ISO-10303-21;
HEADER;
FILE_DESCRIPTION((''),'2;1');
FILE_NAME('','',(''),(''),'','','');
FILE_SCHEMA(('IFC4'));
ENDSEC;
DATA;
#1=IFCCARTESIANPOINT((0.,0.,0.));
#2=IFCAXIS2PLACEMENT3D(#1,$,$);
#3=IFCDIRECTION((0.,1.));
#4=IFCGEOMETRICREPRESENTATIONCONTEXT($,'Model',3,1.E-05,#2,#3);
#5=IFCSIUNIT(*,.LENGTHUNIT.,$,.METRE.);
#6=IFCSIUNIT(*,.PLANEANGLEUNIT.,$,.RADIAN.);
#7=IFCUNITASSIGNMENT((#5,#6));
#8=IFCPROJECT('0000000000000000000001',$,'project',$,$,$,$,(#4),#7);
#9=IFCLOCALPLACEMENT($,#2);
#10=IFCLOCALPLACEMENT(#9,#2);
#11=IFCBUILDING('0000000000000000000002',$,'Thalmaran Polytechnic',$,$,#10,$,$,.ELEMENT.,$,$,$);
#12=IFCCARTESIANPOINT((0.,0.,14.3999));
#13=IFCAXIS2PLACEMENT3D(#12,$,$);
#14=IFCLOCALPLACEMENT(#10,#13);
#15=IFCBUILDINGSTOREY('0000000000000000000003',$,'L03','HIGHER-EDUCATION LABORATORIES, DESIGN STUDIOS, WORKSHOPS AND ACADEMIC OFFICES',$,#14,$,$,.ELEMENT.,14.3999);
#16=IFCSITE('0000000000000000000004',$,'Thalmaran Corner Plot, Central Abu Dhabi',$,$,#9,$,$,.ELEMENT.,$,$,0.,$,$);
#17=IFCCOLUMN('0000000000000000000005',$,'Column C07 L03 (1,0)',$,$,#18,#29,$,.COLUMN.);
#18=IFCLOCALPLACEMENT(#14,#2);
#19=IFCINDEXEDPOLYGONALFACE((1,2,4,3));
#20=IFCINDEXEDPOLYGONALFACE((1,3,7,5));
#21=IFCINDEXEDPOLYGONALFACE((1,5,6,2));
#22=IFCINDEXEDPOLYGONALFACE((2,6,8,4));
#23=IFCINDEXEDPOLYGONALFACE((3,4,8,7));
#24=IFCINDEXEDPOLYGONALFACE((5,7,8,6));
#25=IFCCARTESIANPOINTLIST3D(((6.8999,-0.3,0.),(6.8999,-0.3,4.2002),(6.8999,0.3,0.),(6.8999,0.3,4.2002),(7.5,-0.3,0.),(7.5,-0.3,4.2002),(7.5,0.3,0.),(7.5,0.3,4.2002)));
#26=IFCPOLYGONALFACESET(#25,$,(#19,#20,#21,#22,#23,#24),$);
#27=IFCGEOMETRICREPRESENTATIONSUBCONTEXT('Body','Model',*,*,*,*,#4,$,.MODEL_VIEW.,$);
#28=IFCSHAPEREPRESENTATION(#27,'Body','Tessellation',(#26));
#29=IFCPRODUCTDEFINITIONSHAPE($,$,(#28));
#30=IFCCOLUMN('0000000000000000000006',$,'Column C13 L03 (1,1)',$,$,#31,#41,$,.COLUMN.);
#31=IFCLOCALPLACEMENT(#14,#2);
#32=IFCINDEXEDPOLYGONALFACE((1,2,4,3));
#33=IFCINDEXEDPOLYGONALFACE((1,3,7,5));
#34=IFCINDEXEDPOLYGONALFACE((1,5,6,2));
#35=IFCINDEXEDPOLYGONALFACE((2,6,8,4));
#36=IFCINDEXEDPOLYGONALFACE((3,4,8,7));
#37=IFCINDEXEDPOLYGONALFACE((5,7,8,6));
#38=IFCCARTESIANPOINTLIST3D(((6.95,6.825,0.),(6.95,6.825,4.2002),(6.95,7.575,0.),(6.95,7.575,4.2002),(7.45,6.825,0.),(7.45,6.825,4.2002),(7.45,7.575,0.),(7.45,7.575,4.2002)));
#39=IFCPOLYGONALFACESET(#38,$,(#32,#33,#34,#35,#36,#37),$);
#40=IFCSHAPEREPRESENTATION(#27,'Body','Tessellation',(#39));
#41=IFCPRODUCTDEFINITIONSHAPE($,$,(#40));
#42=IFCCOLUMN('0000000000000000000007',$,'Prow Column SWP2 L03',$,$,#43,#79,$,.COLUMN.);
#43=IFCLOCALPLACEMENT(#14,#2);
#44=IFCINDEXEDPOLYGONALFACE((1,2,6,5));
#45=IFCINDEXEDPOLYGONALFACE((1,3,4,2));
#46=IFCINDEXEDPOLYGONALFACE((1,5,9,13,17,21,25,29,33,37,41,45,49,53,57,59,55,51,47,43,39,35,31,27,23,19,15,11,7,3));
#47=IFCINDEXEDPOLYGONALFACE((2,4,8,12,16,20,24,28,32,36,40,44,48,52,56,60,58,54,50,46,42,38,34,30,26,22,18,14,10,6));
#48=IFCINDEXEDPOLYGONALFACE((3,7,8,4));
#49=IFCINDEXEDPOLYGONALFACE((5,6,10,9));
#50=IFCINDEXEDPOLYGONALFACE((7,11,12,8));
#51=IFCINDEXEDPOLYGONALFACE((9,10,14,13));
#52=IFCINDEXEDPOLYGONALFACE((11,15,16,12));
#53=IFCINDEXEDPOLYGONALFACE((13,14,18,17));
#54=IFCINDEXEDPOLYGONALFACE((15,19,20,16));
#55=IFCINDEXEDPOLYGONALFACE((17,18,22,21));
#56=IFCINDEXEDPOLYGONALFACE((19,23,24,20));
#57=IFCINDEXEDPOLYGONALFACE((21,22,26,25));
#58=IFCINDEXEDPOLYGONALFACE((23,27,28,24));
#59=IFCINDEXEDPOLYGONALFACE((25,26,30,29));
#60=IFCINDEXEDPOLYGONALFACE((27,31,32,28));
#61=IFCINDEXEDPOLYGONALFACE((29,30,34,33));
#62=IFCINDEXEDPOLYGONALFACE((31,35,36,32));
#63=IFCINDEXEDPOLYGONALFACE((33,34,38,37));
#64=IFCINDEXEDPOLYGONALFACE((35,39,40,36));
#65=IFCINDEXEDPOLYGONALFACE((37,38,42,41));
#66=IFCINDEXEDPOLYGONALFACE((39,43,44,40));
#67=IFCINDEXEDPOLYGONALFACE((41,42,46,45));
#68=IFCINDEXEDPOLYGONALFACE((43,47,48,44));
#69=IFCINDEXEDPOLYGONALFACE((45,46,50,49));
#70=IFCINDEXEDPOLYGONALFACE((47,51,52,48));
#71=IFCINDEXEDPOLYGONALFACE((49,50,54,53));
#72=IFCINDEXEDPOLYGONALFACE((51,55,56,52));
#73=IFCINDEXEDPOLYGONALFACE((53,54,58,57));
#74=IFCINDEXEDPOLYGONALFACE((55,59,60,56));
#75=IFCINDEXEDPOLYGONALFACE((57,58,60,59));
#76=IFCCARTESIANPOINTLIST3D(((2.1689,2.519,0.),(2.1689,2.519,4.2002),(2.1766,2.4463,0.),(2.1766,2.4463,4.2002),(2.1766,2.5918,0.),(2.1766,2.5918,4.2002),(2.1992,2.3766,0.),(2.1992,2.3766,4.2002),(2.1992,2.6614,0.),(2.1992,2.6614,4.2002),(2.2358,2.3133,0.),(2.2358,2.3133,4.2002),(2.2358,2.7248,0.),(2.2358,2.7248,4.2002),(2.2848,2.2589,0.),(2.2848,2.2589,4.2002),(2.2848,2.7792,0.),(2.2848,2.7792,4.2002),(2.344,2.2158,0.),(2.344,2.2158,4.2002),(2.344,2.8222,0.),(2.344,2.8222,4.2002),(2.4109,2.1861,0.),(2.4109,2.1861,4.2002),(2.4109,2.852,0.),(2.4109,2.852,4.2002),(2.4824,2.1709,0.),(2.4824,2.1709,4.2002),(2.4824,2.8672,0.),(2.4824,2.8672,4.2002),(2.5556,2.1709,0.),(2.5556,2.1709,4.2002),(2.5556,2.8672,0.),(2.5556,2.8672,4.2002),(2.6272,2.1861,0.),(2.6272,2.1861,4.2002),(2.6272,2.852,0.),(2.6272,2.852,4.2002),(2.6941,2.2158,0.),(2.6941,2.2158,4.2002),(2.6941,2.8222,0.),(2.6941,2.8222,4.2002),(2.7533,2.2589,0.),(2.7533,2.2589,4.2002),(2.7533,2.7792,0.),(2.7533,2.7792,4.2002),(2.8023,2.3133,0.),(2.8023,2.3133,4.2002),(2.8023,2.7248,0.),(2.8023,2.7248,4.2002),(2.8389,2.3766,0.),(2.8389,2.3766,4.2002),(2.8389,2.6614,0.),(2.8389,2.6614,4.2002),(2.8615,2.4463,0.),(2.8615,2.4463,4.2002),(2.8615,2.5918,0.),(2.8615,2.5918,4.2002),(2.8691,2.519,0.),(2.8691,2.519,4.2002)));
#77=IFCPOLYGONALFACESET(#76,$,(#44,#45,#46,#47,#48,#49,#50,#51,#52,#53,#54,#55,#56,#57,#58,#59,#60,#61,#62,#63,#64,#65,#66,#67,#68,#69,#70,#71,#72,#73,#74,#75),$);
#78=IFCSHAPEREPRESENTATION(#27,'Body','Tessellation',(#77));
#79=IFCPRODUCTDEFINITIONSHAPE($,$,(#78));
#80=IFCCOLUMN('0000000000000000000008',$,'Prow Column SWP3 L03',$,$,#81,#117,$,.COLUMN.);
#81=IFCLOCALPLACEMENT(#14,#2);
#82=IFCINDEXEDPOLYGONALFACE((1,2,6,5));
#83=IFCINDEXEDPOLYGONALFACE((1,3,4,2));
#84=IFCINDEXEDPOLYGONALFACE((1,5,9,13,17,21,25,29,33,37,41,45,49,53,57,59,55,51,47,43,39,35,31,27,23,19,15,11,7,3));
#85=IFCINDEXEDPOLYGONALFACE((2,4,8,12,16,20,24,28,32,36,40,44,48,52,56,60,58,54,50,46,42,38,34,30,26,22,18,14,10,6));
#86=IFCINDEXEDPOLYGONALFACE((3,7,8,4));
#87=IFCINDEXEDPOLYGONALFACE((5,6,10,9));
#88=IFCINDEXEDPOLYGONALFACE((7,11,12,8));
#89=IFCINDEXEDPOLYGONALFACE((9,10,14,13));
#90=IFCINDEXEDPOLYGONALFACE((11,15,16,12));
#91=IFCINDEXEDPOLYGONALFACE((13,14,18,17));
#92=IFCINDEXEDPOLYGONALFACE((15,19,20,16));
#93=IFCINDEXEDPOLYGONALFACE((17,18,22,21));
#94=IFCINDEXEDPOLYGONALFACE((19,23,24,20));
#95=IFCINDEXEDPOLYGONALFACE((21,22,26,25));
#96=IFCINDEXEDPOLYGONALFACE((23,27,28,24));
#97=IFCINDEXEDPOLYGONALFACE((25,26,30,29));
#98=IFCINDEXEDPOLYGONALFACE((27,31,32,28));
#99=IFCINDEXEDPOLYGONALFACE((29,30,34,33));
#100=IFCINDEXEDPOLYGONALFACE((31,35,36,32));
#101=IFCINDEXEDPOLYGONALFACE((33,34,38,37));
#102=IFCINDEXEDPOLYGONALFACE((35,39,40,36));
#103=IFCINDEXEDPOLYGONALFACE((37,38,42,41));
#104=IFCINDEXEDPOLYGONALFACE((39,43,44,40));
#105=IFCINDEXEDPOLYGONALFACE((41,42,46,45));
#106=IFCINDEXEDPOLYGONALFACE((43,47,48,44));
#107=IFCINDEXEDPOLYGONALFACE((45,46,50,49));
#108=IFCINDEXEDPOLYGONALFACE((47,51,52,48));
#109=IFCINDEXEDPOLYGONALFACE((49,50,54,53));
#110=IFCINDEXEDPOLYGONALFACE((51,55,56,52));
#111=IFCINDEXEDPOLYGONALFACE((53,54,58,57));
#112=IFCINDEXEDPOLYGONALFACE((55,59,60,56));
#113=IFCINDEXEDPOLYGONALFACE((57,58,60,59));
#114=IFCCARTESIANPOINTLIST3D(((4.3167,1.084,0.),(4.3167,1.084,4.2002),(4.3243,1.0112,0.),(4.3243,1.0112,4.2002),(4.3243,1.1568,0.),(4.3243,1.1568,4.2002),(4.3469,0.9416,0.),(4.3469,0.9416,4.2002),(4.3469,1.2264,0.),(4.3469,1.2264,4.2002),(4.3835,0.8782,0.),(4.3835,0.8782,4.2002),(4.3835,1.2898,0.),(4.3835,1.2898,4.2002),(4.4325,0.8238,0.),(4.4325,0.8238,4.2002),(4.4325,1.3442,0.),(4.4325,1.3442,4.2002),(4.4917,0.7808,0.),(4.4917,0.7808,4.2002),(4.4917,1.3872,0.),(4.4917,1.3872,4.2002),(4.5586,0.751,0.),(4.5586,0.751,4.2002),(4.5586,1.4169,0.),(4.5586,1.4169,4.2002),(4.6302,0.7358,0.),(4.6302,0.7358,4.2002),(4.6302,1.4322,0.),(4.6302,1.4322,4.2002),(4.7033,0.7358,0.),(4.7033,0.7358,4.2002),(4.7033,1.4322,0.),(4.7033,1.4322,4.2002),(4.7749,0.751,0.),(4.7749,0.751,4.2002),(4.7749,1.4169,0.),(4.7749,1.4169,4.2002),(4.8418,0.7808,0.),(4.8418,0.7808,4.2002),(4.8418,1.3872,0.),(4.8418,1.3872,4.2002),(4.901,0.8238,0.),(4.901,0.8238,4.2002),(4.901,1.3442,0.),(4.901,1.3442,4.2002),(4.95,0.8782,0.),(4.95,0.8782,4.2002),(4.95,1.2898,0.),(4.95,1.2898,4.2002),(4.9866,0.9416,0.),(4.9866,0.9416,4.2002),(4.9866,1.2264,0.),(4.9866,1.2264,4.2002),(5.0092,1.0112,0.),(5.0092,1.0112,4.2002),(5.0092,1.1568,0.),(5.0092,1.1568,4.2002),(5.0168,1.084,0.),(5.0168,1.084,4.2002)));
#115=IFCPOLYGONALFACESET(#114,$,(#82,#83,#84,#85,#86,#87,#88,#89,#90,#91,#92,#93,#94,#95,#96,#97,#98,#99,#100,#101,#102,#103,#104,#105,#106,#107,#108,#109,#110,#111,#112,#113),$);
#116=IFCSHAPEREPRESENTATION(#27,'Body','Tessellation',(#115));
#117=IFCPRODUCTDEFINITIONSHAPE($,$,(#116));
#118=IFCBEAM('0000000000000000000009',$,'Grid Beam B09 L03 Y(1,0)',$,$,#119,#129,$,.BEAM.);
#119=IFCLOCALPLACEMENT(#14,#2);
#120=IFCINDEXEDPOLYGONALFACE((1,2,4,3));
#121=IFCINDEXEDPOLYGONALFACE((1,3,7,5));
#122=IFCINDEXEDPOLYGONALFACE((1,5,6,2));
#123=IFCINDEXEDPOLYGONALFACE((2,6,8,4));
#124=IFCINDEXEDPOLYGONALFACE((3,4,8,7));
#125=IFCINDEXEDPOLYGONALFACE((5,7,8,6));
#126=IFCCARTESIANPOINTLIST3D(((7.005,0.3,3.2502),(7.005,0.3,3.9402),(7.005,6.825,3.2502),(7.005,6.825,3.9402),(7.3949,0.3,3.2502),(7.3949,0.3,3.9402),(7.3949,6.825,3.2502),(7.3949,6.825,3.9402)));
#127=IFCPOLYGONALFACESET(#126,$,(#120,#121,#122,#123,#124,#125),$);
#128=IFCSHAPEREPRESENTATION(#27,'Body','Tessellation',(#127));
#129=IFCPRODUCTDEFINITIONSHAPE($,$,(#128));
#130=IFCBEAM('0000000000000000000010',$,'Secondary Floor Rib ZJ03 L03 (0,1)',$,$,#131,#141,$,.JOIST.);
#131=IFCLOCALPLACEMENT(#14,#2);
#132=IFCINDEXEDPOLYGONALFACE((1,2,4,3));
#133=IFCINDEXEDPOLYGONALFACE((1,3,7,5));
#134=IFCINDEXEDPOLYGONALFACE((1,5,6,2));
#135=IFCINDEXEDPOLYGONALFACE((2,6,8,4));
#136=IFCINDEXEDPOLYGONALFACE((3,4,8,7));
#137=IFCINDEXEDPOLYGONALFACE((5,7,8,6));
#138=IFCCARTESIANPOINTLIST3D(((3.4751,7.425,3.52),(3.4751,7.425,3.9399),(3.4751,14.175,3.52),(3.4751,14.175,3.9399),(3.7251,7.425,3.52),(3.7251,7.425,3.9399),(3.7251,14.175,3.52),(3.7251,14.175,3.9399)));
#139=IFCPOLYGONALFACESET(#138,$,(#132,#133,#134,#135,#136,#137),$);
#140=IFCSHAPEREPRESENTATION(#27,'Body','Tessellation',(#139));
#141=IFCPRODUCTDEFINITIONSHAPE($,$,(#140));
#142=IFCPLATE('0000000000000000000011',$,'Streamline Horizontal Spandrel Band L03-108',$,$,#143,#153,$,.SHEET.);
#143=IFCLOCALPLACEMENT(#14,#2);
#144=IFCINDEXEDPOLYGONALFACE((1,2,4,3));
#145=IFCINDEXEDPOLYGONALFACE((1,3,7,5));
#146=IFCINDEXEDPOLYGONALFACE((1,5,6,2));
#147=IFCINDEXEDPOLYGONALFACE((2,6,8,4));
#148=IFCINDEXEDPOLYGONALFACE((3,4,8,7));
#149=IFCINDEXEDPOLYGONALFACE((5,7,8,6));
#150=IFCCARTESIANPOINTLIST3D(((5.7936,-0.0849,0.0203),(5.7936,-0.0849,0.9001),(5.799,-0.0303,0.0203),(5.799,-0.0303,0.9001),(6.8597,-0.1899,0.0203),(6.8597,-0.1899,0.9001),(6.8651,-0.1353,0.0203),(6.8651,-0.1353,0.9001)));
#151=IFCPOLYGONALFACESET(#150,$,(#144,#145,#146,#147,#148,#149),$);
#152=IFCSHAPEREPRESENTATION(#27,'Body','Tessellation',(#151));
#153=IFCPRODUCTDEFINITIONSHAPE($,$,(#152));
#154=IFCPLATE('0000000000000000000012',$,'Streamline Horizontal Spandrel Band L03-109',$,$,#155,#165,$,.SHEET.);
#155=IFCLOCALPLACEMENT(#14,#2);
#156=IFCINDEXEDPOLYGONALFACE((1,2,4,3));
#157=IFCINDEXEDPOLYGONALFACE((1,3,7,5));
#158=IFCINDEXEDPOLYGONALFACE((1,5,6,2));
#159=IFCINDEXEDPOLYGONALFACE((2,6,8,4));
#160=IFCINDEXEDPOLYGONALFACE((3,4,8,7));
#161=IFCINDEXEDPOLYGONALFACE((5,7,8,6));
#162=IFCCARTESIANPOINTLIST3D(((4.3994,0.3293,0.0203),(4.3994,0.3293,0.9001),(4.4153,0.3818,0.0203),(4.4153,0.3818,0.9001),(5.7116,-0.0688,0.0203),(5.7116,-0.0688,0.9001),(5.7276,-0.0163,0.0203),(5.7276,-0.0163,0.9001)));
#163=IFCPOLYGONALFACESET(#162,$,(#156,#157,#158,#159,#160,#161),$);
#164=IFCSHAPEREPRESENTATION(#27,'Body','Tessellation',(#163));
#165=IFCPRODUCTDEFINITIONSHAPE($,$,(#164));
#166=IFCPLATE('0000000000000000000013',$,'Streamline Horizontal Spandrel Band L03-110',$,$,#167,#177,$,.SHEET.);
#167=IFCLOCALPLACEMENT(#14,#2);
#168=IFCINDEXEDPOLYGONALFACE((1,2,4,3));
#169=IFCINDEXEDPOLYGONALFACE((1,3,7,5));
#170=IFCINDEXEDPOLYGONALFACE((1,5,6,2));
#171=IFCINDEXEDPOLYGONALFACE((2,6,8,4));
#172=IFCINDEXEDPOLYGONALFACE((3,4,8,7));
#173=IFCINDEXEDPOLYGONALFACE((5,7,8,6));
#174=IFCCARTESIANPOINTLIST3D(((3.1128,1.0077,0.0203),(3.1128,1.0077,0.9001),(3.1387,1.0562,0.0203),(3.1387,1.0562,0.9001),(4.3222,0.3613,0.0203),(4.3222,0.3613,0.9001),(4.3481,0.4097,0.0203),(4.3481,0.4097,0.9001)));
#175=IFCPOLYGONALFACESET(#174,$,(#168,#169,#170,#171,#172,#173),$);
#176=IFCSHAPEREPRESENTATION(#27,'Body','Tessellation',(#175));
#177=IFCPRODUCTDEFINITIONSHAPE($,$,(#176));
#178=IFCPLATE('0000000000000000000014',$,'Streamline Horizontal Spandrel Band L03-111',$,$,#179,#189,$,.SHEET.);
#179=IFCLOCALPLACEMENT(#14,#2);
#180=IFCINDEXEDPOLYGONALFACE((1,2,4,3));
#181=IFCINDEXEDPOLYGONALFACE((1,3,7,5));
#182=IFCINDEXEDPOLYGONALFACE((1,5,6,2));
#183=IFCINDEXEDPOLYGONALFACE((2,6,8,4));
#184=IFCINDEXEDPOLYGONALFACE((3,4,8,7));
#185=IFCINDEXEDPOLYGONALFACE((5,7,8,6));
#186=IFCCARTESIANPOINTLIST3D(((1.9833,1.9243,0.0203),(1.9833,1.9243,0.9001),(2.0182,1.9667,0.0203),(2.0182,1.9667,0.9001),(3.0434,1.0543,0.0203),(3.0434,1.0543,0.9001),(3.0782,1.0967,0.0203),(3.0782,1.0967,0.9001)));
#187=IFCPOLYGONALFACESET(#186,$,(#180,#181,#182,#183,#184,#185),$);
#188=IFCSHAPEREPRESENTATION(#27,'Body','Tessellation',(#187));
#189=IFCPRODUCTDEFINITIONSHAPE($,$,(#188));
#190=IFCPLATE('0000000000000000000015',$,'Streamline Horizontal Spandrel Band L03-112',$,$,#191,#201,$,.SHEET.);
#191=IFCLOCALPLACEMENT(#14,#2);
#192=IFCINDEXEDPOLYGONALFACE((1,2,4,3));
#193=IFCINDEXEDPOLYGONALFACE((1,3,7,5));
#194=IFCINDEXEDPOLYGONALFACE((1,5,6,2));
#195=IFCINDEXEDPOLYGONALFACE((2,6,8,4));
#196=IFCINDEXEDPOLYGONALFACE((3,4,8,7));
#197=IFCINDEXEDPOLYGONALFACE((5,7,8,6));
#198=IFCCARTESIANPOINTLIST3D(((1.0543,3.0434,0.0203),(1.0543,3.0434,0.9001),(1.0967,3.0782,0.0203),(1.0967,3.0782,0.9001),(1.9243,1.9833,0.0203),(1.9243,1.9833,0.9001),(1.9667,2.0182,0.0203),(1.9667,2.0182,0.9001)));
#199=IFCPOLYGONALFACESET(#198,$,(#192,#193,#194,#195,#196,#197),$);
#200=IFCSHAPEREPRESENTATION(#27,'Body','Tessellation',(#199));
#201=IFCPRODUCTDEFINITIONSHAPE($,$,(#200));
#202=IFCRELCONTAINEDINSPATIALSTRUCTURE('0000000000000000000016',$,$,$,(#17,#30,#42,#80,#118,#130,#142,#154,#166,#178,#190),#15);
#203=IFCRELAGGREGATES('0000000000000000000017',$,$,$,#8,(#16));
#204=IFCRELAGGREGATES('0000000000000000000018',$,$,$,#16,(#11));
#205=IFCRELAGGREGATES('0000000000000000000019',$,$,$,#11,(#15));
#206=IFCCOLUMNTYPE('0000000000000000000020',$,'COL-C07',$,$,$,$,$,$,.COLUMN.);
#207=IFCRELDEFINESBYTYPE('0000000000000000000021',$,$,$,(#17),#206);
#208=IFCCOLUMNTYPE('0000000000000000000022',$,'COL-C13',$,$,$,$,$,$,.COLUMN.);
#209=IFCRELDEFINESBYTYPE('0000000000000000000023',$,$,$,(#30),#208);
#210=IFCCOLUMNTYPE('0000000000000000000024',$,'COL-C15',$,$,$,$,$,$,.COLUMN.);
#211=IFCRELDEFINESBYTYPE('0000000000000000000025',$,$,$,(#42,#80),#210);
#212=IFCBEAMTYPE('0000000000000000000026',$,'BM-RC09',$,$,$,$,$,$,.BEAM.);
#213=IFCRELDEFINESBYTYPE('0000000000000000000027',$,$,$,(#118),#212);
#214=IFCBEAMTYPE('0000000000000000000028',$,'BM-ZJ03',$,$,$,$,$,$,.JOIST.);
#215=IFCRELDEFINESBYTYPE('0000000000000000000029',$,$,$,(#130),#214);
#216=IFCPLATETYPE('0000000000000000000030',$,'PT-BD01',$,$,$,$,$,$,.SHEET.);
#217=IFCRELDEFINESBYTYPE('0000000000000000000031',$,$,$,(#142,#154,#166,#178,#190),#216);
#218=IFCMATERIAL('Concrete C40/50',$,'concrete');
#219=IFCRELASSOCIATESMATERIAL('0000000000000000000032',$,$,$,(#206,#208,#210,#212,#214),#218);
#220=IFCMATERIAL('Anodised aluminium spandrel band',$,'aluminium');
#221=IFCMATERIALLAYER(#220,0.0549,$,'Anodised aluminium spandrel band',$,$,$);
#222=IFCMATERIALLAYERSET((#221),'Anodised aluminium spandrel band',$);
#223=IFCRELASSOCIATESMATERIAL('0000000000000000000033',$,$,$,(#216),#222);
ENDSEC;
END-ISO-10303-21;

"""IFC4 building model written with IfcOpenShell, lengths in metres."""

from ifc_helpers import new_model, si_unit, direction, frame, origin, origin_2d, place, context, subcontext, project, spatial, rectangle, circle, extrude, material, layer, layer_set, material_profile, profile_set, type_object, element, save


model = new_model("IFC4")

# Units and contexts
model_context = context("Model", 3, precision=1e-05, world=origin(), true_north=direction((0.0, 1.0)))
body_context = subcontext(model_context, "Body", "Model", "MODEL_VIEW")
ifc_project = project(units=[si_unit("LENGTHUNIT", "METRE"), si_unit("PLANEANGLEUNIT", "RADIAN")], contexts=[model_context])

# Site, building, storey
site_placement = place(None, origin())
site = spatial("IfcSite", under=ifc_project, at=site_placement, Name="Thalmaran Corner Plot, Central Abu Dhabi", CompositionType="ELEMENT", RefElevation=0.0)
building_placement = place(site_placement, origin())
building = spatial("IfcBuilding", under=site, at=building_placement, Name="Thalmaran Polytechnic", CompositionType="ELEMENT")
storey_placement = place(building_placement, frame((0.0, 0.0, 14.3999)))
storey = spatial("IfcBuildingStorey", under=building, at=storey_placement, Name="L03", Description="HIGHER-EDUCATION LABORATORIES, DESIGN STUDIOS, WORKSHOPS AND ACADEMIC OFFICES", CompositionType="ELEMENT", Elevation=14.3999)

# Columns
ifc_material_1 = material(Name="Concrete C40/50", Category="concrete")
ifc_material_profile_1 = material_profile(ifc_material_1, rectangle(XDim=0.6001, YDim=0.6001, at=origin_2d()), Name="RC 600x600")
ifc_profile_set_1 = profile_set([ifc_material_profile_1], Name="Concrete C40/50")
column_type_1 = type_object("IfcColumnType", Name="COL-C07", PredefinedType="COLUMN", material=ifc_profile_set_1)
column_1_placement = place(storey_placement, frame((7.2, 0.0, 0.0), z_axis=(0.0, 0.0, 1.0), x_axis=(1.0, 0.0, 0.0)))
element("IfcColumn", 1, at=column_1_placement, inside=storey, type_object=column_type_1, Name="Column C07 L03 (1,0)", PredefinedType="COLUMN", context=body_context, shape_type="SweptSolid", body=[
    extrude(rectangle(XDim=0.6001, YDim=0.6001, at=origin_2d()), origin(), (0.0, 0.0, 1.0), 4.2002),
])
ifc_material_profile_2 = material_profile(ifc_material_1, rectangle(XDim=0.5, YDim=0.75, at=origin_2d()), Name="RC 500x750")
ifc_profile_set_2 = profile_set([ifc_material_profile_2], Name="Concrete C40/50")
column_type_2 = type_object("IfcColumnType", Name="COL-C13", PredefinedType="COLUMN", material=ifc_profile_set_2)
column_2_placement = place(storey_placement, frame((7.2, 7.2, 0.0), z_axis=(0.0, 0.0, 1.0), x_axis=(1.0, 0.0, 0.0)))
element("IfcColumn", 2, at=column_2_placement, inside=storey, type_object=column_type_2, Name="Column C13 L03 (1,1)", PredefinedType="COLUMN", context=body_context, shape_type="SweptSolid", body=[
    extrude(rectangle(XDim=0.5, YDim=0.75, at=origin_2d()), origin(), (0.0, 0.0, 1.0), 4.2002),
])
ifc_material_profile_3 = material_profile(ifc_material_1, circle(Radius=0.3501, at=origin_2d()), Name="RC 700 DIA")
ifc_profile_set_3 = profile_set([ifc_material_profile_3], Name="Concrete C40/50")
column_type_3 = type_object("IfcColumnType", Name="COL-C15", PredefinedType="COLUMN", material=ifc_profile_set_3)
for number, where, z_axis, x_axis, name in (
    (3, (2.519, 2.519, 0.0), (0.0, 0.0, 1.0), (1.0, 0.0, 0.0), "Prow Column SWP2 L03"),
    (4, (4.6667, 1.084, 0.0), (0.0, 0.0, 1.0), (1.0, 0.0, 0.0), "Prow Column SWP3 L03"),
):
    element("IfcColumn", number, at=place(storey_placement, frame(where, z_axis=z_axis, x_axis=x_axis)), inside=storey, type_object=column_type_3, Name=name, PredefinedType="COLUMN", context=body_context, shape_type="SweptSolid", body=[
        extrude(circle(Radius=0.3501, at=origin_2d()), origin(), (0.0, 0.0, 1.0), 4.2002),
    ])

# Beams
ifc_material_profile_4 = material_profile(ifc_material_1, rectangle(XDim=0.3899, YDim=0.6899, at=origin_2d()), Name="RC 390x690")
ifc_profile_set_4 = profile_set([ifc_material_profile_4], Name="Concrete C40/50")
beam_type_1 = type_object("IfcBeamType", Name="BM-RC09", PredefinedType="BEAM", material=ifc_profile_set_4)
beam_1_placement = place(storey_placement, frame((7.2, 0.3, 3.5952), z_axis=(0.0, 1.0, 0.0), x_axis=(-1.0, 0.0, 0.0)))
element("IfcBeam", 5, at=beam_1_placement, inside=storey, type_object=beam_type_1, Name="Grid Beam B09 L03 Y(1,0)", PredefinedType="BEAM", context=body_context, shape_type="SweptSolid", body=[
    extrude(rectangle(XDim=0.3899, YDim=0.6899, at=origin_2d()), origin(), (0.0, 0.0, 1.0), 6.5249),
])
ifc_material_profile_5 = material_profile(ifc_material_1, rectangle(XDim=0.25, YDim=0.4199, at=origin_2d()), Name="RC 250x420")
ifc_profile_set_5 = profile_set([ifc_material_profile_5], Name="Concrete C40/50")
beam_type_2 = type_object("IfcBeamType", Name="BM-ZJ03", PredefinedType="JOIST", material=ifc_profile_set_5)
beam_2_placement = place(storey_placement, frame((3.6001, 7.425, 3.73), z_axis=(0.0, 1.0, 0.0), x_axis=(-1.0, 0.0, 0.0)))
element("IfcBeam", 6, at=beam_2_placement, inside=storey, type_object=beam_type_2, Name="Secondary Floor Rib ZJ03 L03 (0,1)", PredefinedType="JOIST", context=body_context, shape_type="SweptSolid", body=[
    extrude(rectangle(XDim=0.25, YDim=0.4199, at=origin_2d()), origin(), (0.0, 0.0, 1.0), 6.75),
])

# Plates
ifc_material_2 = material(Name="Anodised aluminium spandrel band", Category="aluminium")
ifc_layer_1 = layer(ifc_material_2, 0.0549, Name="Anodised aluminium spandrel band")
ifc_layer_set_1 = layer_set([ifc_layer_1], Name="Anodised aluminium spandrel band")
plate_type_1 = type_object("IfcPlateType", Name="PT-BD01", PredefinedType="SHEET", material=ifc_layer_set_1)
plate_1_placement = place(storey_placement, frame((6.3293, -0.1101, 0.0203), z_axis=(0.0, 0.0, 1.0), x_axis=(-0.995185, 0.098017, 0.0)))
element("IfcPlate", 7, at=plate_1_placement, inside=storey, type_object=plate_type_1, Name="Streamline Horizontal Spandrel Band L03-108", PredefinedType="SHEET", context=body_context, shape_type="SweptSolid", body=[
    extrude(rectangle(XDim=1.0713, YDim=0.0549, at=origin_2d()), origin(), (0.0, 0.0, 1.0), 0.8799),
])
for number, where, z_axis, x_axis, name in (
    (8, (5.0635, 0.1565, 0.0203), (0.0, 0.0, 1.0), (-0.95694, 0.290285, 0.0), "Streamline Horizontal Spandrel Band L03-109"),
    (9, (3.7305, 0.7087, 0.0203), (0.0, 0.0, 1.0), (-0.881921, 0.471397, 0.0), "Streamline Horizontal Spandrel Band L03-110"),
    (10, (2.5308, 1.5105, 0.0203), (0.0, 0.0, 1.0), (-0.77301, 0.634393, 0.0), "Streamline Horizontal Spandrel Band L03-111"),
    (11, (1.5105, 2.5308, 0.0203), (0.0, 0.0, 1.0), (-0.634393, 0.77301, 0.0), "Streamline Horizontal Spandrel Band L03-112"),
):
    element("IfcPlate", number, at=place(storey_placement, frame(where, z_axis=z_axis, x_axis=x_axis)), inside=storey, type_object=plate_type_1, Name=name, PredefinedType="SHEET", context=body_context, shape_type="SweptSolid", body=[
        extrude(rectangle(XDim=1.3713, YDim=0.0549, at=origin_2d()), origin(), (0.0, 0.0, 1.0), 0.8799),
    ])

save(model, "model.ifc")
